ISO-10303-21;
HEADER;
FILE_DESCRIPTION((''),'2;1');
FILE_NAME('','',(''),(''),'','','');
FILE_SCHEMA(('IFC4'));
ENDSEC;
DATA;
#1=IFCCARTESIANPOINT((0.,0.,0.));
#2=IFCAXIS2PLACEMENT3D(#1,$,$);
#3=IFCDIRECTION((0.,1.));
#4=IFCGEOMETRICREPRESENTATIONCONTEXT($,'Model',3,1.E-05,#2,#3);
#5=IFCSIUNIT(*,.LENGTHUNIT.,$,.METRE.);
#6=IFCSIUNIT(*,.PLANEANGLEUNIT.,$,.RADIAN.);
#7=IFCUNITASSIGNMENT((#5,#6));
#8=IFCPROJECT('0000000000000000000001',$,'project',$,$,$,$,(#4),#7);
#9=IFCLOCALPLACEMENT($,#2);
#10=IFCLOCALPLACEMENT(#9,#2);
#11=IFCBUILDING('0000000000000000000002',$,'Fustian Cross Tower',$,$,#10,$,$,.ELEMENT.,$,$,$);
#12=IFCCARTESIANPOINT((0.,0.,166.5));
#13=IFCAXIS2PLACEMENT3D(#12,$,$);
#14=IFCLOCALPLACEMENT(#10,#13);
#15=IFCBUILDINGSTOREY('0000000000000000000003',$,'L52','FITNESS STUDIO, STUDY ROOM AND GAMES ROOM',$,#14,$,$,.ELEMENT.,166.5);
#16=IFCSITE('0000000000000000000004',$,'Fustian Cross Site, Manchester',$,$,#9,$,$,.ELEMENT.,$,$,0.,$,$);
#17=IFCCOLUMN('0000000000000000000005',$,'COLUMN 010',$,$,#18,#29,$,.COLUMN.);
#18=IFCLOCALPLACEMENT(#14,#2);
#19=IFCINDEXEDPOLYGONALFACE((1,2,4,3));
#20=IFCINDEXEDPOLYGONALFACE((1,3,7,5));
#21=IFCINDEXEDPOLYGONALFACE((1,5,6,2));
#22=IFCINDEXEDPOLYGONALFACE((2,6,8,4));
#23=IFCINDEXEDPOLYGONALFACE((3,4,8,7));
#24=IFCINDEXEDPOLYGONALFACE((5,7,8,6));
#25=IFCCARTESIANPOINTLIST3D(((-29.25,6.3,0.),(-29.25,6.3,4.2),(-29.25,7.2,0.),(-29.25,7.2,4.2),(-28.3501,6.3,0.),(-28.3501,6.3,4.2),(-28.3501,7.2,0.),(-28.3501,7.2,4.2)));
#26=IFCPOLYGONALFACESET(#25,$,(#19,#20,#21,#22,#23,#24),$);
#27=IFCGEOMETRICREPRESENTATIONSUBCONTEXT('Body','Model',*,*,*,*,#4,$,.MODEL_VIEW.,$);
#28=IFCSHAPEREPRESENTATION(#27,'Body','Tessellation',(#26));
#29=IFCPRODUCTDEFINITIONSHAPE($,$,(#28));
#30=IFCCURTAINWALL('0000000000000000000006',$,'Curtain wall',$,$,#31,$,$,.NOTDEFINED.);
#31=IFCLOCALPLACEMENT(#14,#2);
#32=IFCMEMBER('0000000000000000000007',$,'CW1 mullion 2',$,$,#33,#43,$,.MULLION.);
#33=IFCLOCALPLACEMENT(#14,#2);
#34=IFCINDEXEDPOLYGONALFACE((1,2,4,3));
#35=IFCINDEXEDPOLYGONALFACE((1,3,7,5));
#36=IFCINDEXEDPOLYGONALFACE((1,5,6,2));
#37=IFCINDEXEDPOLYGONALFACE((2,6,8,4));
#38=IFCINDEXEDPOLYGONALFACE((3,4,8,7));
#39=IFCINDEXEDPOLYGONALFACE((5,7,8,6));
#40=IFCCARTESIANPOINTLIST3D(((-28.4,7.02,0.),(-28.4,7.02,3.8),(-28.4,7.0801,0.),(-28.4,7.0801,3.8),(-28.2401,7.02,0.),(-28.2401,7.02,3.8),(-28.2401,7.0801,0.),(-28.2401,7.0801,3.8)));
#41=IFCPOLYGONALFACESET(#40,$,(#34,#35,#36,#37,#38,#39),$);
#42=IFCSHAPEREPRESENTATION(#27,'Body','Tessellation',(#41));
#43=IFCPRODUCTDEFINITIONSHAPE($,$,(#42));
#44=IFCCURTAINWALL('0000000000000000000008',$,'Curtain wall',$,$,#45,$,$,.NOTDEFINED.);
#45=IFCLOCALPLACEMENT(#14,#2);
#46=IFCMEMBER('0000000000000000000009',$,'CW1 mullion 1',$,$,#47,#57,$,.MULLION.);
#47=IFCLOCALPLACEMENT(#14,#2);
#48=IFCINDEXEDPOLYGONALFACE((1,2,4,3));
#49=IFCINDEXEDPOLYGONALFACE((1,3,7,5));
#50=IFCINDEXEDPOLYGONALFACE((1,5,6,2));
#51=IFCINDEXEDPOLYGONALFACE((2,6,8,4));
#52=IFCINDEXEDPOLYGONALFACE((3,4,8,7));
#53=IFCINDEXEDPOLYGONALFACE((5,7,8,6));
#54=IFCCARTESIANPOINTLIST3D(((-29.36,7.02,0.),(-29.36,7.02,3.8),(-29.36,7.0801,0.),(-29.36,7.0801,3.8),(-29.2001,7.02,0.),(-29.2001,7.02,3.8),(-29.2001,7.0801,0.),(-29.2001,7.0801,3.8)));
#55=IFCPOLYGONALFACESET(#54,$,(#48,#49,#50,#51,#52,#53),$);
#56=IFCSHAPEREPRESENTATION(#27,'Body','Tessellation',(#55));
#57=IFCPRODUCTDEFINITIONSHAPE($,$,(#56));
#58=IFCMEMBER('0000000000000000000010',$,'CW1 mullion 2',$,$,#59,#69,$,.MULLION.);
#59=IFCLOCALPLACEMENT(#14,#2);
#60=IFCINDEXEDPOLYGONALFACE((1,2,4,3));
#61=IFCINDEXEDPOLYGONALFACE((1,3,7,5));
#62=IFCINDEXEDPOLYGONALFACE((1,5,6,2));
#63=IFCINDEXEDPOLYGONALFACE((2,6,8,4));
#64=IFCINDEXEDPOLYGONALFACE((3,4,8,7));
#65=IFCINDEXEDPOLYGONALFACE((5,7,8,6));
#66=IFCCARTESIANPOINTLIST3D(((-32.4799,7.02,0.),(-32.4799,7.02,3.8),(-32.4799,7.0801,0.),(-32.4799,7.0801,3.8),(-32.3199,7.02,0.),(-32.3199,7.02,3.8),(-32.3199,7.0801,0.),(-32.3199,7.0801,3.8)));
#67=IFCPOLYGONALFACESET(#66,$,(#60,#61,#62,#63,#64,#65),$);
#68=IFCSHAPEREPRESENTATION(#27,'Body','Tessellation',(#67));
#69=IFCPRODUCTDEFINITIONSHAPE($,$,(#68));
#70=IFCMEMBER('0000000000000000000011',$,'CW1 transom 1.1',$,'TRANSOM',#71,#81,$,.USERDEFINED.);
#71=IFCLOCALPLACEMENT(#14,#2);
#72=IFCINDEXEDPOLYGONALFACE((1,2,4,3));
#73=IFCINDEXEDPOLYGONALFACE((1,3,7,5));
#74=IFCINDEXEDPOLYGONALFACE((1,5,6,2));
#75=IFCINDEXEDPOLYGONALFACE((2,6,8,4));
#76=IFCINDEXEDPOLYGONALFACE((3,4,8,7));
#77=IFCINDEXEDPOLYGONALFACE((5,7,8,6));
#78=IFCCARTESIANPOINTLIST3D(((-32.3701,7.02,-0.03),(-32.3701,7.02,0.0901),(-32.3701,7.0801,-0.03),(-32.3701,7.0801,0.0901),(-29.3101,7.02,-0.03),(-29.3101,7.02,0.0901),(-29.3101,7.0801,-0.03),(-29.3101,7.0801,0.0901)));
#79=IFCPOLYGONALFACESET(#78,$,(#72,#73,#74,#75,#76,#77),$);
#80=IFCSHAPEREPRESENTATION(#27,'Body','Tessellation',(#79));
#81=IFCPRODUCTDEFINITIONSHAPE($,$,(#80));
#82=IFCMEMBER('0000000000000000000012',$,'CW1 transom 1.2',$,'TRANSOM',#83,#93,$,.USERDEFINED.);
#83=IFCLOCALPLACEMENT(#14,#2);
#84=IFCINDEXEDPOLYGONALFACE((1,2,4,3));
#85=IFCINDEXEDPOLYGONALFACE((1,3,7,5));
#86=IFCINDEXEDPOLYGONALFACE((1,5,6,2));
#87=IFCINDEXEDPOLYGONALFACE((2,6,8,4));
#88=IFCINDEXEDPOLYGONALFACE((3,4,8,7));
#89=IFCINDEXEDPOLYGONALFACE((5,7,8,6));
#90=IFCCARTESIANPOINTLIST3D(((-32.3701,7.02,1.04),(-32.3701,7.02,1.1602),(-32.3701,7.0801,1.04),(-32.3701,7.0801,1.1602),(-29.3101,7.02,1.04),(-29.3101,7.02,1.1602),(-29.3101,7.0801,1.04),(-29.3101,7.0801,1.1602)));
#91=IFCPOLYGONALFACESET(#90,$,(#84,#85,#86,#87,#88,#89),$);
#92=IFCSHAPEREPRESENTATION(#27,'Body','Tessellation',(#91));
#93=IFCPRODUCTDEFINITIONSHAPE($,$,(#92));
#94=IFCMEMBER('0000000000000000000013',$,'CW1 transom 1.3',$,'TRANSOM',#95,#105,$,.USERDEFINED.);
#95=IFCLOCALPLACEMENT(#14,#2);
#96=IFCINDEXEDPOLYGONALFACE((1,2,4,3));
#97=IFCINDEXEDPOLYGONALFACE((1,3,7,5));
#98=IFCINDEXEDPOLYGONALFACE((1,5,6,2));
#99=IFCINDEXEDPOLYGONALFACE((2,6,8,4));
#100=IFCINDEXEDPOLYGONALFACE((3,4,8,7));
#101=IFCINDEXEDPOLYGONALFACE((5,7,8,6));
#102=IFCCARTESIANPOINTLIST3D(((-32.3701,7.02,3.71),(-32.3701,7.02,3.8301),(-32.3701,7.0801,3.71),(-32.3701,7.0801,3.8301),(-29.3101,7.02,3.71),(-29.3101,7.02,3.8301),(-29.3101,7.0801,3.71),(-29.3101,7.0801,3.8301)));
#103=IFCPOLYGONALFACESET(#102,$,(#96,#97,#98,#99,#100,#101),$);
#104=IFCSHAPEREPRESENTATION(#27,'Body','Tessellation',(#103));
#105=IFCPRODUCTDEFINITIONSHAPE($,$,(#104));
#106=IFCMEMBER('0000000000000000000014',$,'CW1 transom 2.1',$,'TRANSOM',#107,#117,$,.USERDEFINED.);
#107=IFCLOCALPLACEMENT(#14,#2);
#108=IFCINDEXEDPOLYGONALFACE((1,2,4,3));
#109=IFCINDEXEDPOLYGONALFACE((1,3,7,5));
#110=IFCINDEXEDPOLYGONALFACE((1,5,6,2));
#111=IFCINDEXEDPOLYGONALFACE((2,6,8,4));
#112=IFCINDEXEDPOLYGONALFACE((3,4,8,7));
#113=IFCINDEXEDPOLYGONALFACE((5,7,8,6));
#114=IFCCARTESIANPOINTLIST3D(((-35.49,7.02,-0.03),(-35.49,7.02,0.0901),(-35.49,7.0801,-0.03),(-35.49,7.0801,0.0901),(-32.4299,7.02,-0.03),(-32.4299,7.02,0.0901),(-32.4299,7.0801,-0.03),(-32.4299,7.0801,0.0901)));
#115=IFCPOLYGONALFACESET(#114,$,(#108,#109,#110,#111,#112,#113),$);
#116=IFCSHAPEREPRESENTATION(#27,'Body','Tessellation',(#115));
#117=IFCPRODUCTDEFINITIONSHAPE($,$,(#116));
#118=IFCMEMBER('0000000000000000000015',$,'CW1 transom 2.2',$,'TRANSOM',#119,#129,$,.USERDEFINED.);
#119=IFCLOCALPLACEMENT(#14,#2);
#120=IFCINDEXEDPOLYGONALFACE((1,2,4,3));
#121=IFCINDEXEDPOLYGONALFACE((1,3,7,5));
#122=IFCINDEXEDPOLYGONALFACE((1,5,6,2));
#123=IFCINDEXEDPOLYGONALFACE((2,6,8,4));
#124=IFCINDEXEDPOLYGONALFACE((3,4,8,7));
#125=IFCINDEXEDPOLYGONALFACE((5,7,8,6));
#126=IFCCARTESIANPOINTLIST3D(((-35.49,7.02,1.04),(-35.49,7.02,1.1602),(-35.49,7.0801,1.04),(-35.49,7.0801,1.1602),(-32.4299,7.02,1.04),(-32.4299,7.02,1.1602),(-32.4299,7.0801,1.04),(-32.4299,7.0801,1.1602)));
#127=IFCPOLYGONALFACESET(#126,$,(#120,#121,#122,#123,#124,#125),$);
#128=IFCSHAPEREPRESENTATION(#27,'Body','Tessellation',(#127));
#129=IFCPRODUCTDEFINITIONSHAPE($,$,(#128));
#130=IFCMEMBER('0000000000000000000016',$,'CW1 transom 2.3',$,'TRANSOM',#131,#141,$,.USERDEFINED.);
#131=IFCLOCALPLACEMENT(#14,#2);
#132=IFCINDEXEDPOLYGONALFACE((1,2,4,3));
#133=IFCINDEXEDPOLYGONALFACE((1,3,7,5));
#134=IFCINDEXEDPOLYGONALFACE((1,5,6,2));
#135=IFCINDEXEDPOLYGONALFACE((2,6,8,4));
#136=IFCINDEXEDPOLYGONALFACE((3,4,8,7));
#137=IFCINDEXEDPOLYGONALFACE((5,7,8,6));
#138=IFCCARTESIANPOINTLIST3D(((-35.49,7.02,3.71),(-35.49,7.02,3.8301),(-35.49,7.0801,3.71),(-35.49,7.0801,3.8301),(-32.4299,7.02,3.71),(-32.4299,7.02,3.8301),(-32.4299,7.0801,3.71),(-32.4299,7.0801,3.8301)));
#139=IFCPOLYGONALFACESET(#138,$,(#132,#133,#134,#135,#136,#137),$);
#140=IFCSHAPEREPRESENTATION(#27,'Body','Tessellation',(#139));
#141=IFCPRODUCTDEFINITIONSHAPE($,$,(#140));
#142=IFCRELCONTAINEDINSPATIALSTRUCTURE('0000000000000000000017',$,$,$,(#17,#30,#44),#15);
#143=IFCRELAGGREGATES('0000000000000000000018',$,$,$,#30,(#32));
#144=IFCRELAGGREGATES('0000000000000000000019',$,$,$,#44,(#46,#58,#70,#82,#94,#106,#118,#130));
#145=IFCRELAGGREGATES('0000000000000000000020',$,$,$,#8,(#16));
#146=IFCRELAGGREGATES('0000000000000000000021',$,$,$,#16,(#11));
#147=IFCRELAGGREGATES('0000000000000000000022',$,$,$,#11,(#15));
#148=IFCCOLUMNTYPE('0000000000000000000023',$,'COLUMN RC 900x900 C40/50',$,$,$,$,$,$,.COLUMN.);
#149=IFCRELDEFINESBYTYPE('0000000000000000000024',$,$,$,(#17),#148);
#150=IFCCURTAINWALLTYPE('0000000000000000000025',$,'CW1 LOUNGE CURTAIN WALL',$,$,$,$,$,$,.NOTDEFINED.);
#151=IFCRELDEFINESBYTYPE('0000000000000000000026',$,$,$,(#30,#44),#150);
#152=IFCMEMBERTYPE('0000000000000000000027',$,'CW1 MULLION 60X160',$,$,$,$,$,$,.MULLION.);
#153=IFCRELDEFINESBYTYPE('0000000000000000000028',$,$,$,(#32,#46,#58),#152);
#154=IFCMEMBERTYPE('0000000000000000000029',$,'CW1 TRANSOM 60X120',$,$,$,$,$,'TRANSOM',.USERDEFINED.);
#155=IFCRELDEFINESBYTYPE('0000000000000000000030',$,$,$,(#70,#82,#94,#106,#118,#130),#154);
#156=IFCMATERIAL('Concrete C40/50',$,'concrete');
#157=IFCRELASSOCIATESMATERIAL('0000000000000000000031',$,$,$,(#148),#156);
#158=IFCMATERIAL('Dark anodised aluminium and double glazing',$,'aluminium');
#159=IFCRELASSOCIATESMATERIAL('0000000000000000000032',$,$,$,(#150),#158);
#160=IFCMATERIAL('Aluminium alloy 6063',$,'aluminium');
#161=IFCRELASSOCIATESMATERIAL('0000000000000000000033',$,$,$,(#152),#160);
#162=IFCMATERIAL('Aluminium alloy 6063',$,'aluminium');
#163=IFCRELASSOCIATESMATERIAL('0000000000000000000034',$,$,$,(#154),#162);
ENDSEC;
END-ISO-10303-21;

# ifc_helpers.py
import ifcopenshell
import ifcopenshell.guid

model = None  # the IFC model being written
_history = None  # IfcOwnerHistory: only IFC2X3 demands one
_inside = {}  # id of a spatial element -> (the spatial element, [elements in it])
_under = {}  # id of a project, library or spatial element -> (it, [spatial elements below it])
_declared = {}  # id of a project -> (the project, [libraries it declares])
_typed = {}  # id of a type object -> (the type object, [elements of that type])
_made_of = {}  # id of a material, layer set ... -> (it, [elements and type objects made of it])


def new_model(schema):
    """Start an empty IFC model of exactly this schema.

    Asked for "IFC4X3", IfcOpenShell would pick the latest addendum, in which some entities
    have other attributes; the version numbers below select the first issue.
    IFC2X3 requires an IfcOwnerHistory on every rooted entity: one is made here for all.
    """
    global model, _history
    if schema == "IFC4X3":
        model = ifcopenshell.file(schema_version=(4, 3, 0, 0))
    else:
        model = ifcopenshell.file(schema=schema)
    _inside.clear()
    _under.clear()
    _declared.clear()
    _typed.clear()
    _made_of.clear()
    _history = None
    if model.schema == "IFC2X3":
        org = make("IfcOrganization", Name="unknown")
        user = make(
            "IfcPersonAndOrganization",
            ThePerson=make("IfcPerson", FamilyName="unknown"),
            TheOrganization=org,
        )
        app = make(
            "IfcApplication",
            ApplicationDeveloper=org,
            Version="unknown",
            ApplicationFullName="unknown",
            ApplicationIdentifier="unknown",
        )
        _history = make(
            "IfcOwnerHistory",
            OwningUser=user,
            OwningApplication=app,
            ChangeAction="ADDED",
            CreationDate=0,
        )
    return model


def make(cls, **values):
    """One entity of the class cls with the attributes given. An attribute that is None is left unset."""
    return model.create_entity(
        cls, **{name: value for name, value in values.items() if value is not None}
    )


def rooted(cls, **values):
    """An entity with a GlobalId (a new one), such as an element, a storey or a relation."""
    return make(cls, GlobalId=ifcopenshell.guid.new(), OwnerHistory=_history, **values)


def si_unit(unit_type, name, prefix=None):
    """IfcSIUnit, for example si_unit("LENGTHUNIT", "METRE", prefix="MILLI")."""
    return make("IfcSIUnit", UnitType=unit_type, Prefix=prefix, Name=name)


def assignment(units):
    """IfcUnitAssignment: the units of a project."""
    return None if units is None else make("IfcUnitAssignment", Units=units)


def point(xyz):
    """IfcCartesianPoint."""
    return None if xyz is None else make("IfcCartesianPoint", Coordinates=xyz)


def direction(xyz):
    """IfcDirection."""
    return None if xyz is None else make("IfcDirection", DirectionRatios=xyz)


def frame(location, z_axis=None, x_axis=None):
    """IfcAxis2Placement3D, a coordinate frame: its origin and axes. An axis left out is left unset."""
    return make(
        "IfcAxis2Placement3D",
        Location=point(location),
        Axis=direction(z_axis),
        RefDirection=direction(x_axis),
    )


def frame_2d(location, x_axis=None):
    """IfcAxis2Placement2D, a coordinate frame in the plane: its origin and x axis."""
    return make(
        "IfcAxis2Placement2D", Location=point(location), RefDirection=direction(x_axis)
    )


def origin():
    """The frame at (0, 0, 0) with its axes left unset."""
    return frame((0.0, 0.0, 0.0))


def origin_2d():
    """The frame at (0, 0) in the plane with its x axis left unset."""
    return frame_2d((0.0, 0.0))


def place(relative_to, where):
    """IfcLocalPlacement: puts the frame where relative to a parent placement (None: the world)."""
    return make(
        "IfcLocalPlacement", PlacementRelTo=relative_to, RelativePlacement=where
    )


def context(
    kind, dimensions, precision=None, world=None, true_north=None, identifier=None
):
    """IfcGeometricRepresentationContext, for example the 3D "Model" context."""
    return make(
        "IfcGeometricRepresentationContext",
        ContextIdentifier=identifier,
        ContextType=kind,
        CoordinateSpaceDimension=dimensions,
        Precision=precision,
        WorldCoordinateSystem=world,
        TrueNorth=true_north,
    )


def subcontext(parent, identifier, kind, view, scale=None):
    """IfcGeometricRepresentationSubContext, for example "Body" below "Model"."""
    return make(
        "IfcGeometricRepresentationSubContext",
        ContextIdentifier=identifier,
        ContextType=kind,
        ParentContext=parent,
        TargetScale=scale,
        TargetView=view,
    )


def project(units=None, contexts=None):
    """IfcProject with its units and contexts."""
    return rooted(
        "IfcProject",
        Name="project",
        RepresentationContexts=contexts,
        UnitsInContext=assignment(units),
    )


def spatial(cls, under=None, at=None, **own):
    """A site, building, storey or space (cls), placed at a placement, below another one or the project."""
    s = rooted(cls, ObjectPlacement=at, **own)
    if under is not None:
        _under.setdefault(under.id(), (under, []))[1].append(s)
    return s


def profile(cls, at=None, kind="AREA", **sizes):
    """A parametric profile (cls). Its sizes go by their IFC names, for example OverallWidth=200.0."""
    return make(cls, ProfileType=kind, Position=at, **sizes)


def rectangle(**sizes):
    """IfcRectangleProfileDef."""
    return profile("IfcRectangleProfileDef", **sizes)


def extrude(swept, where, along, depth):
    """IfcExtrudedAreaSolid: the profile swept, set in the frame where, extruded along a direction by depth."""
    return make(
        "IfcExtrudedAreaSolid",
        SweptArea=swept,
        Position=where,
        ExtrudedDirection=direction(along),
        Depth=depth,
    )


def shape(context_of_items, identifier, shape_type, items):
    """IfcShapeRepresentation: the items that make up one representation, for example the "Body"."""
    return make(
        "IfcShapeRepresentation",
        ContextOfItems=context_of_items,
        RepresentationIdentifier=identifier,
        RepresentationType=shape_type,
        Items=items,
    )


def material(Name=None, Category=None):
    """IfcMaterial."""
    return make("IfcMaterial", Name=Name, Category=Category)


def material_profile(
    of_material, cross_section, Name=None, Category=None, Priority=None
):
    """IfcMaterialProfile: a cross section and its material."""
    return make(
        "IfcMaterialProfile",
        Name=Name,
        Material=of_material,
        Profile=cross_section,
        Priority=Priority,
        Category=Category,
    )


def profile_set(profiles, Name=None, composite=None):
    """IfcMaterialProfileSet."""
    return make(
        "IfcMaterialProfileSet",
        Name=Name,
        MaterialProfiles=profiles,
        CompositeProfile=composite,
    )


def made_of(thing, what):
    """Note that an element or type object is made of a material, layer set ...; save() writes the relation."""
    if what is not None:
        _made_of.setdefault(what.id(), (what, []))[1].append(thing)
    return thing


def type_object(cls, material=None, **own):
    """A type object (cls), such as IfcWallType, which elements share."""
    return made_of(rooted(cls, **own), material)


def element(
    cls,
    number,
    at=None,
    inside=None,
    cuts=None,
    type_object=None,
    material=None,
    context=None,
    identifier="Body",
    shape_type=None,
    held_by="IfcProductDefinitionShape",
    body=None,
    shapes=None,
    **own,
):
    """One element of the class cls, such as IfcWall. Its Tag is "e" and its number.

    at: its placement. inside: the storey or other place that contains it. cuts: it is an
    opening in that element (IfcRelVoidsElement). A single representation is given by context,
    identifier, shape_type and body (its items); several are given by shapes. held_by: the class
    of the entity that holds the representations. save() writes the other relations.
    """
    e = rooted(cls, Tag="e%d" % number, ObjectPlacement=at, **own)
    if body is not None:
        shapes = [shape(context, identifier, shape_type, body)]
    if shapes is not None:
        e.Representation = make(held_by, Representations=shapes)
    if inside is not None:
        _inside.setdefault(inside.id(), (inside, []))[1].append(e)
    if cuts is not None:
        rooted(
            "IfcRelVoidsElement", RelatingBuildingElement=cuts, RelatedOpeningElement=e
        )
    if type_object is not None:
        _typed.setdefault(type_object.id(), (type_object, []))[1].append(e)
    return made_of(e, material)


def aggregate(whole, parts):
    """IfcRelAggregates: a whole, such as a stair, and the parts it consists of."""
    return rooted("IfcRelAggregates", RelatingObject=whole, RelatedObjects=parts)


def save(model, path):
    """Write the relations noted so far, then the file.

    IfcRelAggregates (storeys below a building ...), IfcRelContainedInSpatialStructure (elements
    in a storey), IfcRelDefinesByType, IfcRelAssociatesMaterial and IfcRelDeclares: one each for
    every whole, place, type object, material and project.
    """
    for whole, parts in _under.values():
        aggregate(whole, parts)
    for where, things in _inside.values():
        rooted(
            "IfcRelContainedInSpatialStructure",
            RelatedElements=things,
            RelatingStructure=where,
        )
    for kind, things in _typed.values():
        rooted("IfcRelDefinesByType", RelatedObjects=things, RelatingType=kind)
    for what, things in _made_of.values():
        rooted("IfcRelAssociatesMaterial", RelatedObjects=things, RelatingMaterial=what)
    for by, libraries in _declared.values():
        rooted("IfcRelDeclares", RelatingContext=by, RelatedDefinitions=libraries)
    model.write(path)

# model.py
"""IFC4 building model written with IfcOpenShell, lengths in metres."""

from ifc_helpers import new_model, si_unit, direction, frame, origin, origin_2d, place, context, subcontext, project, spatial, rectangle, extrude, material, material_profile, profile_set, type_object, element, aggregate, save


model = new_model("IFC4")

# Units and contexts
model_context = context("Model", 3, precision=1e-05, world=origin(), true_north=direction((0.0, 1.0)))
body_context = subcontext(model_context, "Body", "Model", "MODEL_VIEW")
ifc_project = project(units=[si_unit("LENGTHUNIT", "METRE"), si_unit("PLANEANGLEUNIT", "RADIAN")], contexts=[model_context])

# Site, building, storey
site_placement = place(None, origin())
site = spatial("IfcSite", under=ifc_project, at=site_placement, Name="Fustian Cross Site, Manchester", CompositionType="ELEMENT", RefElevation=0.0)
building_placement = place(site_placement, origin())
building = spatial("IfcBuilding", under=site, at=building_placement, Name="Fustian Cross Tower", CompositionType="ELEMENT")
storey_placement = place(building_placement, frame((0.0, 0.0, 166.5)))
storey = spatial("IfcBuildingStorey", under=building, at=storey_placement, Name="L52", Description="FITNESS STUDIO, STUDY ROOM AND GAMES ROOM", CompositionType="ELEMENT", Elevation=166.5)

# Column
ifc_material_1 = material(Name="Concrete C40/50", Category="concrete")
ifc_material_profile_1 = material_profile(ifc_material_1, rectangle(XDim=0.8999, YDim=0.8999, at=origin_2d()), Name="RC 900x900")
ifc_profile_set_1 = profile_set([ifc_material_profile_1], Name="Concrete C40/50")
column_type = type_object("IfcColumnType", Name="COLUMN RC 900x900 C40/50", PredefinedType="COLUMN", material=ifc_profile_set_1)
column_placement = place(storey_placement, frame((-28.8, 6.75, 0.0), z_axis=(0.0, 0.0, 1.0), x_axis=(1.0, 0.0, 0.0)))
element("IfcColumn", 1, at=column_placement, inside=storey, type_object=column_type, Name="COLUMN 010", PredefinedType="COLUMN", context=body_context, shape_type="SweptSolid", body=[
    extrude(rectangle(XDim=0.8999, YDim=0.8999, at=origin_2d()), origin(), (0.0, 0.0, 1.0), 4.2),
])

# Curtain wall, member
ifc_material_2 = material(Name="Dark anodised aluminium and double glazing", Category="aluminium")
curtain_wall_type = type_object("IfcCurtainWallType", Name="CW1 LOUNGE CURTAIN WALL", PredefinedType="NOTDEFINED", material=ifc_material_2)
curtain_wall_1_placement = place(storey_placement, origin())
curtain_wall_1 = element("IfcCurtainWall", 2, at=curtain_wall_1_placement, inside=storey, type_object=curtain_wall_type, Name="Curtain wall", PredefinedType="NOTDEFINED")
ifc_material_3 = material(Name="Aluminium alloy 6063", Category="aluminium")
ifc_material_profile_2 = material_profile(ifc_material_3, rectangle(XDim=0.0601, YDim=0.1599, at=origin_2d()), Name="CW1 MULLION 60X160")
ifc_profile_set_2 = profile_set([ifc_material_profile_2], Name="Aluminium alloy 6063")
member_type_1 = type_object("IfcMemberType", Name="CW1 MULLION 60X160", PredefinedType="MULLION", material=ifc_profile_set_2)
member_1_placement = place(storey_placement, frame((-28.3201, 7.05, 0.0), z_axis=(0.0, 0.0, 1.0), x_axis=(0.0, -1.0, 0.0)))
member_1 = element("IfcMember", 3, at=member_1_placement, type_object=member_type_1, Name="CW1 mullion 2", PredefinedType="MULLION", context=body_context, shape_type="SweptSolid", body=[
    extrude(rectangle(XDim=0.0601, YDim=0.1599, at=origin_2d()), origin(), (0.0, 0.0, 1.0), 3.8),
])

# Curtain wall, members
curtain_wall_2_placement = place(storey_placement, origin())
curtain_wall_2 = element("IfcCurtainWall", 4, at=curtain_wall_2_placement, inside=storey, type_object=curtain_wall_type, Name="Curtain wall", PredefinedType="NOTDEFINED")
member_2_placement = place(storey_placement, frame((-29.28, 7.05, 0.0), z_axis=(0.0, 0.0, 1.0), x_axis=(0.0, -1.0, 0.0)))
member_2 = element("IfcMember", 5, at=member_2_placement, type_object=member_type_1, Name="CW1 mullion 1", PredefinedType="MULLION", context=body_context, shape_type="SweptSolid", body=[
    extrude(rectangle(XDim=0.0601, YDim=0.1599, at=origin_2d()), origin(), (0.0, 0.0, 1.0), 3.8),
])
member_3_placement = place(storey_placement, frame((-32.3999, 7.05, 0.0), z_axis=(0.0, 0.0, 1.0), x_axis=(0.0, -1.0, 0.0)))
member_3 = element("IfcMember", 6, at=member_3_placement, type_object=member_type_1, Name="CW1 mullion 2", PredefinedType="MULLION", context=body_context, shape_type="SweptSolid", body=[
    extrude(rectangle(XDim=0.0601, YDim=0.1599, at=origin_2d()), origin(), (0.0, 0.0, 1.0), 3.8),
])
ifc_material_4 = material(Name="Aluminium alloy 6063", Category="aluminium")
ifc_material_profile_3 = material_profile(ifc_material_4, rectangle(XDim=0.0601, YDim=0.1201, at=origin_2d()), Name="CW1 TRANSOM 60X120")
ifc_profile_set_3 = profile_set([ifc_material_profile_3], Name="Aluminium alloy 6063")
member_type_2 = type_object("IfcMemberType", Name="CW1 TRANSOM 60X120", ElementType="TRANSOM", PredefinedType="USERDEFINED", material=ifc_profile_set_3)
member_4_placement = place(storey_placement, frame((-29.3101, 7.05, 0.03), z_axis=(-1.0, 0.0, 0.0), x_axis=(0.0, -1.0, 0.0)))
member_4 = element("IfcMember", 7, at=member_4_placement, type_object=member_type_2, Name="CW1 transom 1.1", ObjectType="TRANSOM", PredefinedType="USERDEFINED", context=body_context, shape_type="SweptSolid", body=[
    extrude(rectangle(XDim=0.0601, YDim=0.1201, at=origin_2d()), origin(), (0.0, 0.0, 1.0), 3.0601),
])
member_5_placement = place(storey_placement, frame((-29.3101, 7.05, 1.1001), z_axis=(-1.0, 0.0, 0.0), x_axis=(0.0, -1.0, 0.0)))
member_5 = element("IfcMember", 8, at=member_5_placement, type_object=member_type_2, Name="CW1 transom 1.2", ObjectType="TRANSOM", PredefinedType="USERDEFINED", context=body_context, shape_type="SweptSolid", body=[
    extrude(rectangle(XDim=0.0601, YDim=0.1201, at=origin_2d()), origin(), (0.0, 0.0, 1.0), 3.0601),
])
member_6_placement = place(storey_placement, frame((-29.3101, 7.05, 3.77), z_axis=(-1.0, 0.0, 0.0), x_axis=(0.0, -1.0, 0.0)))
member_6 = element("IfcMember", 9, at=member_6_placement, type_object=member_type_2, Name="CW1 transom 1.3", ObjectType="TRANSOM", PredefinedType="USERDEFINED", context=body_context, shape_type="SweptSolid", body=[
    extrude(rectangle(XDim=0.0601, YDim=0.1201, at=origin_2d()), origin(), (0.0, 0.0, 1.0), 3.0601),
])
member_7_placement = place(storey_placement, frame((-32.4299, 7.05, 0.03), z_axis=(-1.0, 0.0, 0.0), x_axis=(0.0, -1.0, 0.0)))
member_7 = element("IfcMember", 10, at=member_7_placement, type_object=member_type_2, Name="CW1 transom 2.1", ObjectType="TRANSOM", PredefinedType="USERDEFINED", context=body_context, shape_type="SweptSolid", body=[
    extrude(rectangle(XDim=0.0601, YDim=0.1201, at=origin_2d()), origin(), (0.0, 0.0, 1.0), 3.0601),
])
member_8_placement = place(storey_placement, frame((-32.4299, 7.05, 1.1001), z_axis=(-1.0, 0.0, 0.0), x_axis=(0.0, -1.0, 0.0)))
member_8 = element("IfcMember", 11, at=member_8_placement, type_object=member_type_2, Name="CW1 transom 2.2", ObjectType="TRANSOM", PredefinedType="USERDEFINED", context=body_context, shape_type="SweptSolid", body=[
    extrude(rectangle(XDim=0.0601, YDim=0.1201, at=origin_2d()), origin(), (0.0, 0.0, 1.0), 3.0601),
])
member_9_placement = place(storey_placement, frame((-32.4299, 7.05, 3.77), z_axis=(-1.0, 0.0, 0.0), x_axis=(0.0, -1.0, 0.0)))
member_9 = element("IfcMember", 12, at=member_9_placement, type_object=member_type_2, Name="CW1 transom 2.3", ObjectType="TRANSOM", PredefinedType="USERDEFINED", context=body_context, shape_type="SweptSolid", body=[
    extrude(rectangle(XDim=0.0601, YDim=0.1201, at=origin_2d()), origin(), (0.0, 0.0, 1.0), 3.0601),
])

aggregate(curtain_wall_1, [member_1])
aggregate(curtain_wall_2, [member_2, member_3, member_4, member_5, member_6, member_7, member_8, member_9])

save(model, "model.ifc")
